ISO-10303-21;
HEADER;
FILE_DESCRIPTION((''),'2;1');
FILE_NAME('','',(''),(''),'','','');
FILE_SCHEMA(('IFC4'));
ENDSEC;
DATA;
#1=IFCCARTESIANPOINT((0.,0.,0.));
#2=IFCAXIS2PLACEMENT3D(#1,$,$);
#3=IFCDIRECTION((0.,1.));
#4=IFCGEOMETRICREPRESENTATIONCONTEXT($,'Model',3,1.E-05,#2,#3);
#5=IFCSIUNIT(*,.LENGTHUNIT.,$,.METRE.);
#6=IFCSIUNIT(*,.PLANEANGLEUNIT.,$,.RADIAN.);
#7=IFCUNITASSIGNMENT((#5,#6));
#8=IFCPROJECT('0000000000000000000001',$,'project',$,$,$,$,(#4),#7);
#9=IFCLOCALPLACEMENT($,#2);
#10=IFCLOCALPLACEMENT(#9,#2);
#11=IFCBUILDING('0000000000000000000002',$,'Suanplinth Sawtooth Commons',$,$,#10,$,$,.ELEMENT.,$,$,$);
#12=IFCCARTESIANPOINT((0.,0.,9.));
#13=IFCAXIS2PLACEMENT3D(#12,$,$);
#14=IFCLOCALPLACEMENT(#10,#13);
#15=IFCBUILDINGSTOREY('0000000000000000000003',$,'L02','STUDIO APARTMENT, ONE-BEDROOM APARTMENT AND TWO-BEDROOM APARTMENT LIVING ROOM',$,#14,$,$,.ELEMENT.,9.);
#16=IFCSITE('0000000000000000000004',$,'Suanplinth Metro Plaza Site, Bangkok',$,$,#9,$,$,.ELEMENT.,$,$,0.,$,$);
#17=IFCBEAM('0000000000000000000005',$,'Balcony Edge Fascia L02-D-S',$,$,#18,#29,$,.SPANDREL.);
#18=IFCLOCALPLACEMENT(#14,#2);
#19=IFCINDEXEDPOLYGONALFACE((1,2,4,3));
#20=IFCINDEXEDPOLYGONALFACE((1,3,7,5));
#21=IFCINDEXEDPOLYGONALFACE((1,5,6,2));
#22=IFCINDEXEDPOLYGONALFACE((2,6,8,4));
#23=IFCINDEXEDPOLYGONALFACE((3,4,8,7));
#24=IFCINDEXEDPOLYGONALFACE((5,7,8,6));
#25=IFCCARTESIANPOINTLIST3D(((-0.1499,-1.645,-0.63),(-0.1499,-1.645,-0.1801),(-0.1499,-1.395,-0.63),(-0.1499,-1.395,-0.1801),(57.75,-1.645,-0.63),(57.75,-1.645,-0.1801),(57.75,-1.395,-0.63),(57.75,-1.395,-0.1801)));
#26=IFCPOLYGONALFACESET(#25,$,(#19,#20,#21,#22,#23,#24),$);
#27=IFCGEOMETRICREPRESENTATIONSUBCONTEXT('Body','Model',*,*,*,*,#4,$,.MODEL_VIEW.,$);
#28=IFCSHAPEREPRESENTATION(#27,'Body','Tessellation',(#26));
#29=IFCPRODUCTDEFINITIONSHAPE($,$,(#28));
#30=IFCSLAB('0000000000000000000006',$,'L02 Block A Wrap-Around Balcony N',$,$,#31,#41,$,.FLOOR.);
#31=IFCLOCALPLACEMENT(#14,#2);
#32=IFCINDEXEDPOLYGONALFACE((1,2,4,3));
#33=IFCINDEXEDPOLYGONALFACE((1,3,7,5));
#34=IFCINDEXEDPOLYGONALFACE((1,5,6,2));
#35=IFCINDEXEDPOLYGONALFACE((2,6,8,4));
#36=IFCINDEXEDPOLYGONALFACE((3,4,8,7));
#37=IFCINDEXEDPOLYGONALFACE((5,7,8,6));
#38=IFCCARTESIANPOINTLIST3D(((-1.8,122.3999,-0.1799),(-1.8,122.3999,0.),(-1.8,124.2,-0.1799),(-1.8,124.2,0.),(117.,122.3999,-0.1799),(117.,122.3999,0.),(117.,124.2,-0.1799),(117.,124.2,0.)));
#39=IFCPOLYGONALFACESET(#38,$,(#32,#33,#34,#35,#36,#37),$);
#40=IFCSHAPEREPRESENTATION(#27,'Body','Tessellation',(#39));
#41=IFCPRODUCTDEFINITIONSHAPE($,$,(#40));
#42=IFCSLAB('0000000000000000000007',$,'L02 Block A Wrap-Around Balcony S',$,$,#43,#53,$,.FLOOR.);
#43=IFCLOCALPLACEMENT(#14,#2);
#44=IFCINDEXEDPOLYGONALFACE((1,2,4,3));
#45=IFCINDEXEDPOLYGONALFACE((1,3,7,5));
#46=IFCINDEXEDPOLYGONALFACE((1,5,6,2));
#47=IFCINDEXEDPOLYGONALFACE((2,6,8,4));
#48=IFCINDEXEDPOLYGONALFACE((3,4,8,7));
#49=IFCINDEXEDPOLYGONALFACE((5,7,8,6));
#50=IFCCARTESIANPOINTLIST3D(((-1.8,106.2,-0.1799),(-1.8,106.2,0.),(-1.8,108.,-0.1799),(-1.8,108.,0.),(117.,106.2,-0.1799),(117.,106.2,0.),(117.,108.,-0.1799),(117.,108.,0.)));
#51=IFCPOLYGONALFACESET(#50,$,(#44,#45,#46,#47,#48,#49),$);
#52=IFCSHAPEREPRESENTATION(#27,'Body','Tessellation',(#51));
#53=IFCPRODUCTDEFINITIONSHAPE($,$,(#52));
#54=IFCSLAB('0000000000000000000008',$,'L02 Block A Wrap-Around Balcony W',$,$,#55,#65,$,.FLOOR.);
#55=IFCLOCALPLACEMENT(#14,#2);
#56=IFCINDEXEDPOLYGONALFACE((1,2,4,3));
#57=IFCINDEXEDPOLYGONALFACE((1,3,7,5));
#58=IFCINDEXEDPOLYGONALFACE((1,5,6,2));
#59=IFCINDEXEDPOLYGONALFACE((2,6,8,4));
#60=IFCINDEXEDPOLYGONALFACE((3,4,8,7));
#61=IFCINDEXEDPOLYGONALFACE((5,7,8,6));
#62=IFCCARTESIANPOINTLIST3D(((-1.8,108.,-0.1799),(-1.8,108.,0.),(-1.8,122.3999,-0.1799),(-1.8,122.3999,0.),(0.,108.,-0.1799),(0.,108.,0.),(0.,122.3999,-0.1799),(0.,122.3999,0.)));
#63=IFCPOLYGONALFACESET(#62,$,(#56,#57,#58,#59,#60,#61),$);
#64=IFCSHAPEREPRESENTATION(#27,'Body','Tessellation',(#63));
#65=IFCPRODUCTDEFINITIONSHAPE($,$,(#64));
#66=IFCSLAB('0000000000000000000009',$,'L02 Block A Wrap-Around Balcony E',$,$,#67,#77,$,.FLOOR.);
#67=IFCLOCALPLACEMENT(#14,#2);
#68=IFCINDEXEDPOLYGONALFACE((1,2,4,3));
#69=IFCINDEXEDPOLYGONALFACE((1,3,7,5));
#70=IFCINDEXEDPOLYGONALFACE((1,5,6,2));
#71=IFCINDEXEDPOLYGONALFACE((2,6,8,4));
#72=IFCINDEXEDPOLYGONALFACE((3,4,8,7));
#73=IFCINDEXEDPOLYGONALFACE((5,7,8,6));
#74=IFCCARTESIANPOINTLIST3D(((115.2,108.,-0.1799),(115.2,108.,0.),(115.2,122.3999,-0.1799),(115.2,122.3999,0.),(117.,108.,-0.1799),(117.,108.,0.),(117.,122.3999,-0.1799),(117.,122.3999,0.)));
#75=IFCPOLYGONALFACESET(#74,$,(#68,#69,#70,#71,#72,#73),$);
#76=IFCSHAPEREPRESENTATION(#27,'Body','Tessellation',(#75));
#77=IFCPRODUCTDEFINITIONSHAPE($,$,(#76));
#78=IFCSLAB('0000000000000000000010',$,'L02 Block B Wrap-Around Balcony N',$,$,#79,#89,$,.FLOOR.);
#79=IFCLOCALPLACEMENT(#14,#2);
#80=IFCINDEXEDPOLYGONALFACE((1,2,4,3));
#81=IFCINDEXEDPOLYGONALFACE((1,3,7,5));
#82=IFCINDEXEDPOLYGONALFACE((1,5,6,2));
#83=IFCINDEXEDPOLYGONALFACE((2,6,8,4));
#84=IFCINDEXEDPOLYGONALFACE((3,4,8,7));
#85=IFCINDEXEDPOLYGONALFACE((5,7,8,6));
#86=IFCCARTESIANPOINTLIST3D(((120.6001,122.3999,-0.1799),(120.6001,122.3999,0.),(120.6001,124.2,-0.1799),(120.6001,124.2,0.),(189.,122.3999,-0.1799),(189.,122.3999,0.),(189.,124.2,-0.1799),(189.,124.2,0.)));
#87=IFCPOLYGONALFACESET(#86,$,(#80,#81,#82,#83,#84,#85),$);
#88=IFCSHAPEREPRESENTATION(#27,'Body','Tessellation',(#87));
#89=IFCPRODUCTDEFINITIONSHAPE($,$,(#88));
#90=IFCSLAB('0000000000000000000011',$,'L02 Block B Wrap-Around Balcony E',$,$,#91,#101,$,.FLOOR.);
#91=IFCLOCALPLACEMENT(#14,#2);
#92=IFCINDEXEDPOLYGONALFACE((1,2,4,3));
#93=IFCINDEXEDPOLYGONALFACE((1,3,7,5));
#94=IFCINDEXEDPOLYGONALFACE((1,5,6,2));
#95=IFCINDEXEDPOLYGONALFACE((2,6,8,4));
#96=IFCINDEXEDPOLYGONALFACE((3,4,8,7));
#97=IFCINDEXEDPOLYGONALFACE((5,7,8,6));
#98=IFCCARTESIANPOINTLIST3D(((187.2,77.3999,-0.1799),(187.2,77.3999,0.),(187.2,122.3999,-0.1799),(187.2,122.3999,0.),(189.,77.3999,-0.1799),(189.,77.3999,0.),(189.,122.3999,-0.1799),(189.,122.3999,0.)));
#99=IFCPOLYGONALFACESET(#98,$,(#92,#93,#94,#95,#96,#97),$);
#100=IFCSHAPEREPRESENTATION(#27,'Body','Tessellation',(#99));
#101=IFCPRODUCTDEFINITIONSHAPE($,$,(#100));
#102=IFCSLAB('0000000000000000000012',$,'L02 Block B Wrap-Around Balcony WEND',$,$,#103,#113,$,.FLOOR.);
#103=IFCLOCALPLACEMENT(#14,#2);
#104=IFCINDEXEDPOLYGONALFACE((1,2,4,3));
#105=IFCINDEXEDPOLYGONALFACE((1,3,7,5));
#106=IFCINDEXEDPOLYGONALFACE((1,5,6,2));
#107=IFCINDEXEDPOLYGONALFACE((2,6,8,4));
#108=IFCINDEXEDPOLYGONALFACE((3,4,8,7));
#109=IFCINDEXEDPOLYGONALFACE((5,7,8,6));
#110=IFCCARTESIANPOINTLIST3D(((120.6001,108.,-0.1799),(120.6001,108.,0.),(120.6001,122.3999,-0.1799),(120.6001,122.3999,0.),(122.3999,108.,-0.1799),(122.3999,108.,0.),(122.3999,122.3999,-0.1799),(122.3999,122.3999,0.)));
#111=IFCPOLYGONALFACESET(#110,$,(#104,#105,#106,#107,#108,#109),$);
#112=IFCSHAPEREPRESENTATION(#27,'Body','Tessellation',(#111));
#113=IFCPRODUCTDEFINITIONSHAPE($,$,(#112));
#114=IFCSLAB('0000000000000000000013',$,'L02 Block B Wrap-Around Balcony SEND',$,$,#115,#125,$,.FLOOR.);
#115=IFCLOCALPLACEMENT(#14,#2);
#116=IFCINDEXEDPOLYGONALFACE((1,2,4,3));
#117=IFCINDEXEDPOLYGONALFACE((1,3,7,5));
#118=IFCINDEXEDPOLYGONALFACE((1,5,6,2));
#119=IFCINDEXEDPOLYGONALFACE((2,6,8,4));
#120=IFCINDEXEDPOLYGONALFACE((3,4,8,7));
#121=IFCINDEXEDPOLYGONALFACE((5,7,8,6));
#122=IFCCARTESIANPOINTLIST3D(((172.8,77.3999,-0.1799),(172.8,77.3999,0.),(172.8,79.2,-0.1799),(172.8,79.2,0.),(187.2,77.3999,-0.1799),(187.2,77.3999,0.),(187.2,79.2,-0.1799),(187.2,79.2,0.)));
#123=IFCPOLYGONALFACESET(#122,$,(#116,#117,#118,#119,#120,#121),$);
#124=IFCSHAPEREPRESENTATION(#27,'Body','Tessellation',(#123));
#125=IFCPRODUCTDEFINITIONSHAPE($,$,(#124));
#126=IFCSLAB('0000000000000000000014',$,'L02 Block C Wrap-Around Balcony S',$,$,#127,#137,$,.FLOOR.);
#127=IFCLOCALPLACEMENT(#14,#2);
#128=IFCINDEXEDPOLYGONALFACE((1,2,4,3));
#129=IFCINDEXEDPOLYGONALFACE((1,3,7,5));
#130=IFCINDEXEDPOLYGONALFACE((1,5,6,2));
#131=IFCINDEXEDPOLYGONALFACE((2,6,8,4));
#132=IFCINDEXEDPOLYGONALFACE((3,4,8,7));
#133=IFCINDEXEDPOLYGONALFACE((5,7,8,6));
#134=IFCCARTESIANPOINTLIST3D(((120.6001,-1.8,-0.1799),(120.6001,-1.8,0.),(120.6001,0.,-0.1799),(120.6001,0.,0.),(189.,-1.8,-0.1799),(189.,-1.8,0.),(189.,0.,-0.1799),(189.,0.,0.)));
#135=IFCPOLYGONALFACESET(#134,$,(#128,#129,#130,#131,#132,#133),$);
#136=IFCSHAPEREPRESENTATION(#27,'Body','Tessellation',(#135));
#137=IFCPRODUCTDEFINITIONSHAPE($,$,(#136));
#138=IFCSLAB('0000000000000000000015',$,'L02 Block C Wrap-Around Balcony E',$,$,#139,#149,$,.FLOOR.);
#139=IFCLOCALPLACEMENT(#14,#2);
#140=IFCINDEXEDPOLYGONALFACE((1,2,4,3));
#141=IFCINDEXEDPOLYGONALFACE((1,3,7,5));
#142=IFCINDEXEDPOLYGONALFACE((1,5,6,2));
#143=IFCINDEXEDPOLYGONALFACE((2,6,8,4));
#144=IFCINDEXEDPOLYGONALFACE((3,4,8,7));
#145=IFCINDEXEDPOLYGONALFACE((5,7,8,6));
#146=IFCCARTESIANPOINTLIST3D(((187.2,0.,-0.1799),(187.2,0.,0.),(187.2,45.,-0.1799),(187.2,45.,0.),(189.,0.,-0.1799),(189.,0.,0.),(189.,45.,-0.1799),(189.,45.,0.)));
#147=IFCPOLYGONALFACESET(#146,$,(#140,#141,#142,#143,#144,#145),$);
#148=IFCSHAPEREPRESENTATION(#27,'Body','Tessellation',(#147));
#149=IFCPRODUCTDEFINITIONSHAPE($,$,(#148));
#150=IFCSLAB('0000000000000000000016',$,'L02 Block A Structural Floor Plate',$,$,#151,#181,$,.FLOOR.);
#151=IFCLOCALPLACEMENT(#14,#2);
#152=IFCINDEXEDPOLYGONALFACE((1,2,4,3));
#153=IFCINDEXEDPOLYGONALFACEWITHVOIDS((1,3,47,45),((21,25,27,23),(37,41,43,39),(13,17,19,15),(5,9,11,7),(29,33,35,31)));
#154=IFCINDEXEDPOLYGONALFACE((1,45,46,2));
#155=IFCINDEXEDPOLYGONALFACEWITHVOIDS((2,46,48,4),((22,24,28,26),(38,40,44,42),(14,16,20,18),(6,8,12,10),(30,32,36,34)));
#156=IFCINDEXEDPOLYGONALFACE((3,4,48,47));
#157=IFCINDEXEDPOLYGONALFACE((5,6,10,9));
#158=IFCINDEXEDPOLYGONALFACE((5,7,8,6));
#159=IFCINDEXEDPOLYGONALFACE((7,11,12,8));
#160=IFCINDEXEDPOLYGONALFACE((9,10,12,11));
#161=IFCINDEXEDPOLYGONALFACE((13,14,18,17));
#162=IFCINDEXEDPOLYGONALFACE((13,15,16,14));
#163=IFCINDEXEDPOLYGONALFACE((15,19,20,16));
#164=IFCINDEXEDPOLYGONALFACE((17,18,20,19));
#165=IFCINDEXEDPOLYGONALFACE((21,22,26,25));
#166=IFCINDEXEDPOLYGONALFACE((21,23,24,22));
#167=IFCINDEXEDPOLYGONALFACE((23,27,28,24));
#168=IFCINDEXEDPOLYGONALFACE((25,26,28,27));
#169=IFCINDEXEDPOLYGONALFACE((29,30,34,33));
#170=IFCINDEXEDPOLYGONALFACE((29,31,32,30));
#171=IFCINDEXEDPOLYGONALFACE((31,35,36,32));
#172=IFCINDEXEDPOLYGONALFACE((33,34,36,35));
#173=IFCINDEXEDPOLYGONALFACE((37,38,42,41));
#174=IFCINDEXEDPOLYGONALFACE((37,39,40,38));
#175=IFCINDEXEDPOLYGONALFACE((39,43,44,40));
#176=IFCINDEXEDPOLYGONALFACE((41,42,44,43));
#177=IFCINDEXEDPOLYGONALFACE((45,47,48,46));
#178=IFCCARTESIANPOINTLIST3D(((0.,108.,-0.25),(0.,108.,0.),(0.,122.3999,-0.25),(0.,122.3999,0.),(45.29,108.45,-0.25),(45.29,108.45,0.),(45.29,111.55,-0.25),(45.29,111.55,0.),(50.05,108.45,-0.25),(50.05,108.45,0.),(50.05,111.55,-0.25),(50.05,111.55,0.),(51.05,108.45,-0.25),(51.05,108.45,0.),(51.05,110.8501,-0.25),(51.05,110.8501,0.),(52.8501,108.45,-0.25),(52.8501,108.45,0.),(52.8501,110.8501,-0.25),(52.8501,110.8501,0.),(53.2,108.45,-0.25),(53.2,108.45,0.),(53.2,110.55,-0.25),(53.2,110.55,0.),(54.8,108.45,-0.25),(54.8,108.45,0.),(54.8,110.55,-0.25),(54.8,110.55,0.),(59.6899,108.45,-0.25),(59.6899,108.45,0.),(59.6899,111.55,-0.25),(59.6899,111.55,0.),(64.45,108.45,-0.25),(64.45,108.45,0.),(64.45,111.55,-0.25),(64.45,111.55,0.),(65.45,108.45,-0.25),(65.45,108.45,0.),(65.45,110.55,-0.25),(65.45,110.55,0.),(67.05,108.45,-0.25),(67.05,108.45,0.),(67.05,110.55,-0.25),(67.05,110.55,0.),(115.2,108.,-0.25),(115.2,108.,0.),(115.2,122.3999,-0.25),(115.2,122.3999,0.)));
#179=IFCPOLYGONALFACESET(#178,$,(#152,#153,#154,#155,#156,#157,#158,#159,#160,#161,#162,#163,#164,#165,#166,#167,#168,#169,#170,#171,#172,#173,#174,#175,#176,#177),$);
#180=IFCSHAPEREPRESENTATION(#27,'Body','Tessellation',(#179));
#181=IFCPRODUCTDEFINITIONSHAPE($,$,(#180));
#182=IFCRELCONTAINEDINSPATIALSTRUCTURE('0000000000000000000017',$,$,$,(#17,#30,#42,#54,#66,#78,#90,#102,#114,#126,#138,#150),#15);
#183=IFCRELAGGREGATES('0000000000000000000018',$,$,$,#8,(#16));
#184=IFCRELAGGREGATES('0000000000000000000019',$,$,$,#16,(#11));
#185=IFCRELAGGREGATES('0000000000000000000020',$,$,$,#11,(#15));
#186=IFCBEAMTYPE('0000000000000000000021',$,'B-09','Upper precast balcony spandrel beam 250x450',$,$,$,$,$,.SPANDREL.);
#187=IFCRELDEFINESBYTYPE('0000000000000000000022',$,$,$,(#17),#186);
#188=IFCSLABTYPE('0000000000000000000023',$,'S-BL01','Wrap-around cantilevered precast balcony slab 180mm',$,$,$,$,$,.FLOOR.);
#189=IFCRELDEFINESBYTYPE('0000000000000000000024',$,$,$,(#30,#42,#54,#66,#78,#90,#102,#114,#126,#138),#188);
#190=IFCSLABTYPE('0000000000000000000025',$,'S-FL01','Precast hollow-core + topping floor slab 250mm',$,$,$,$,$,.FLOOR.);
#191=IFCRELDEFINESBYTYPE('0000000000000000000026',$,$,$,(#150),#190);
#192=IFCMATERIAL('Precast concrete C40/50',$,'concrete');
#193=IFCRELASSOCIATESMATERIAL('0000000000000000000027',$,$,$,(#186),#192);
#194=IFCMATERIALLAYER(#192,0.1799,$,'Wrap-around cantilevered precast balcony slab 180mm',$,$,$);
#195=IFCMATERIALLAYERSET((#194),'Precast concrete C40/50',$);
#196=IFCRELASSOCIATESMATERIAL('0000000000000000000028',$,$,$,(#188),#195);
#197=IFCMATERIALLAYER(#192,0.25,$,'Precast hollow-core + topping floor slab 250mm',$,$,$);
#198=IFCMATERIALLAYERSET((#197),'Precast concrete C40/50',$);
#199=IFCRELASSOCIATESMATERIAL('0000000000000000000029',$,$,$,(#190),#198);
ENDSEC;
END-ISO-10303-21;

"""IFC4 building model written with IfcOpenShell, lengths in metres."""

from ifc_helpers import new_model, si_unit, direction, frame, origin, origin_2d, place, context, subcontext, project, spatial, polyline, rectangle, outline, extrude, material, layer, layer_set, material_profile, profile_set, type_object, element, save


model = new_model("IFC4")

# Units and contexts
model_context = context("Model", 3, precision=1e-05, world=origin(), true_north=direction((0.0, 1.0)))
body_context = subcontext(model_context, "Body", "Model", "MODEL_VIEW")
ifc_project = project(units=[si_unit("LENGTHUNIT", "METRE"), si_unit("PLANEANGLEUNIT", "RADIAN")], contexts=[model_context])

# Site, building, storey
site_placement = place(None, origin())
site = spatial("IfcSite", under=ifc_project, at=site_placement, Name="Suanplinth Metro Plaza Site, Bangkok", CompositionType="ELEMENT", RefElevation=0.0)
building_placement = place(site_placement, origin())
building = spatial("IfcBuilding", under=site, at=building_placement, Name="Suanplinth Sawtooth Commons", CompositionType="ELEMENT")
storey_placement = place(building_placement, frame((0.0, 0.0, 9.0)))
storey = spatial("IfcBuildingStorey", under=building, at=storey_placement, Name="L02", Description="STUDIO APARTMENT, ONE-BEDROOM APARTMENT AND TWO-BEDROOM APARTMENT LIVING ROOM", CompositionType="ELEMENT", Elevation=9.0)

# Beam
ifc_material = material(Name="Precast concrete C40/50", Category="concrete")
ifc_material_profile = material_profile(ifc_material, rectangle(XDim=0.25, YDim=0.45, at=origin_2d()), Name="PC-SP 250x450")
ifc_profile_set = profile_set([ifc_material_profile], Name="Precast concrete C40/50")
beam_type = type_object("IfcBeamType", Name="B-09", Description="Upper precast balcony spandrel beam 250x450", PredefinedType="SPANDREL", material=ifc_profile_set)
beam_placement = place(storey_placement, frame((-0.1499, -1.52, -0.405), z_axis=(1.0, 0.0, 0.0), x_axis=(0.0, 1.0, 0.0)))
element("IfcBeam", 1, at=beam_placement, inside=storey, type_object=beam_type, Name="Balcony Edge Fascia L02-D-S", PredefinedType="SPANDREL", context=body_context, shape_type="SweptSolid", body=[
    extrude(rectangle(XDim=0.25, YDim=0.45, at=origin_2d()), origin(), (0.0, 0.0, 1.0), 57.8999),
])

# Slabs
ifc_layer_1 = layer(ifc_material, 0.1799, Name="Wrap-around cantilevered precast balcony slab 180mm")
ifc_layer_set_1 = layer_set([ifc_layer_1], Name="Precast concrete C40/50")
slab_type_1 = type_object("IfcSlabType", Name="S-BL01", Description="Wrap-around cantilevered precast balcony slab 180mm", PredefinedType="FLOOR", material=ifc_layer_set_1)
slab_1_placement = place(storey_placement, frame((0.0, 0.0, -0.1799)))
element("IfcSlab", 2, at=slab_1_placement, inside=storey, type_object=slab_type_1, Name="L02 Block A Wrap-Around Balcony N", PredefinedType="FLOOR", context=body_context, shape_type="SweptSolid", body=[
    extrude(outline(polyline([(-1.8, 122.3999), (-1.8, 124.2), (117.0, 124.2), (117.0, 122.3999), (-1.8, 122.3999)])), origin(), (0.0, 0.0, 1.0), 0.1799),
])
slab_2_placement = place(storey_placement, frame((0.0, 0.0, -0.1799)))
element("IfcSlab", 3, at=slab_2_placement, inside=storey, type_object=slab_type_1, Name="L02 Block A Wrap-Around Balcony S", PredefinedType="FLOOR", context=body_context, shape_type="SweptSolid", body=[
    extrude(outline(polyline([(117.0, 108.0), (117.0, 106.2), (-1.8, 106.2), (-1.8, 108.0), (117.0, 108.0)])), origin(), (0.0, 0.0, 1.0), 0.1799),
])
slab_3_placement = place(storey_placement, frame((0.0, 0.0, -0.1799)))
element("IfcSlab", 4, at=slab_3_placement, inside=storey, type_object=slab_type_1, Name="L02 Block A Wrap-Around Balcony W", PredefinedType="FLOOR", context=body_context, shape_type="SweptSolid", body=[
    extrude(outline(polyline([(0.0, 108.0), (-1.8, 108.0), (-1.8, 122.3999), (0.0, 122.3999), (0.0, 108.0)])), origin(), (0.0, 0.0, 1.0), 0.1799),
])
slab_4_placement = place(storey_placement, frame((0.0, 0.0, -0.1799)))
element("IfcSlab", 5, at=slab_4_placement, inside=storey, type_object=slab_type_1, Name="L02 Block A Wrap-Around Balcony E", PredefinedType="FLOOR", context=body_context, shape_type="SweptSolid", body=[
    extrude(outline(polyline([(117.0, 122.3999), (117.0, 108.0), (115.2, 108.0), (115.2, 122.3999), (117.0, 122.3999)])), origin(), (0.0, 0.0, 1.0), 0.1799),
])
slab_5_placement = place(storey_placement, frame((0.0, 0.0, -0.1799)))
element("IfcSlab", 6, at=slab_5_placement, inside=storey, type_object=slab_type_1, Name="L02 Block B Wrap-Around Balcony N", PredefinedType="FLOOR", context=body_context, shape_type="SweptSolid", body=[
    extrude(outline(polyline([(120.6001, 122.3999), (120.6001, 124.2), (189.0, 124.2), (189.0, 122.3999), (120.6001, 122.3999)])), origin(), (0.0, 0.0, 1.0), 0.1799),
])
slab_6_placement = place(storey_placement, frame((0.0, 0.0, -0.1799)))
element("IfcSlab", 7, at=slab_6_placement, inside=storey, type_object=slab_type_1, Name="L02 Block B Wrap-Around Balcony E", PredefinedType="FLOOR", context=body_context, shape_type="SweptSolid", body=[
    extrude(outline(polyline([(189.0, 122.3999), (189.0, 77.3999), (187.2, 77.3999), (187.2, 122.3999), (189.0, 122.3999)])), origin(), (0.0, 0.0, 1.0), 0.1799),
])
slab_7_placement = place(storey_placement, frame((0.0, 0.0, -0.1799)))
element("IfcSlab", 8, at=slab_7_placement, inside=storey, type_object=slab_type_1, Name="L02 Block B Wrap-Around Balcony WEND", PredefinedType="FLOOR", context=body_context, shape_type="SweptSolid", body=[
    extrude(outline(polyline([(122.3999, 108.0), (120.6001, 108.0), (120.6001, 122.3999), (122.3999, 122.3999), (122.3999, 108.0)])), origin(), (0.0, 0.0, 1.0), 0.1799),
])
slab_8_placement = place(storey_placement, frame((0.0, 0.0, -0.1799)))
element("IfcSlab", 9, at=slab_8_placement, inside=storey, type_object=slab_type_1, Name="L02 Block B Wrap-Around Balcony SEND", PredefinedType="FLOOR", context=body_context, shape_type="SweptSolid", body=[
    extrude(outline(polyline([(187.2, 77.3999), (172.8, 77.3999), (172.8, 79.2), (187.2, 79.2), (187.2, 77.3999)])), origin(), (0.0, 0.0, 1.0), 0.1799),
])
slab_9_placement = place(storey_placement, frame((0.0, 0.0, -0.1799)))
element("IfcSlab", 10, at=slab_9_placement, inside=storey, type_object=slab_type_1, Name="L02 Block C Wrap-Around Balcony S", PredefinedType="FLOOR", context=body_context, shape_type="SweptSolid", body=[
    extrude(outline(polyline([(189.0, 0.0), (189.0, -1.8), (120.6001, -1.8), (120.6001, 0.0), (189.0, 0.0)])), origin(), (0.0, 0.0, 1.0), 0.1799),
])
slab_10_placement = place(storey_placement, frame((0.0, 0.0, -0.1799)))
element("IfcSlab", 11, at=slab_10_placement, inside=storey, type_object=slab_type_1, Name="L02 Block C Wrap-Around Balcony E", PredefinedType="FLOOR", context=body_context, shape_type="SweptSolid", body=[
    extrude(outline(polyline([(187.2, 45.0), (189.0, 45.0), (189.0, 0.0), (187.2, 0.0), (187.2, 45.0)])), origin(), (0.0, 0.0, 1.0), 0.1799),
])
ifc_layer_2 = layer(ifc_material, 0.25, Name="Precast hollow-core + topping floor slab 250mm")
ifc_layer_set_2 = layer_set([ifc_layer_2], Name="Precast concrete C40/50")
slab_type_2 = type_object("IfcSlabType", Name="S-FL01", Description="Precast hollow-core + topping floor slab 250mm", PredefinedType="FLOOR", material=ifc_layer_set_2)
slab_11_placement = place(storey_placement, frame((0.0, 0.0, -0.25)))
element("IfcSlab", 12, at=slab_11_placement, inside=storey, type_object=slab_type_2, Name="L02 Block A Structural Floor Plate", PredefinedType="FLOOR", context=body_context, shape_type="SweptSolid", body=[
    extrude(outline(polyline([(0.0, 108.0), (115.2, 108.0), (115.2, 122.3999), (0.0, 122.3999), (0.0, 108.0)]), holes=[polyline([(45.29, 108.45), (50.05, 108.45), (50.05, 111.55), (45.29, 111.55), (45.29, 108.45)]), polyline([(51.05, 108.45), (52.8501, 108.45), (52.8501, 110.8501), (51.05, 110.8501), (51.05, 108.45)]), polyline([(53.2, 108.45), (54.8, 108.45), (54.8, 110.55), (53.2, 110.55), (53.2, 108.45)]), polyline([(59.6899, 108.45), (64.45, 108.45), (64.45, 111.55), (59.6899, 111.55), (59.6899, 108.45)]), polyline([(65.45, 108.45), (67.05, 108.45), (67.05, 110.55), (65.45, 110.55), (65.45, 108.45)])]), origin(), (0.0, 0.0, 1.0), 0.25),
])

save(model, "model.ifc")
